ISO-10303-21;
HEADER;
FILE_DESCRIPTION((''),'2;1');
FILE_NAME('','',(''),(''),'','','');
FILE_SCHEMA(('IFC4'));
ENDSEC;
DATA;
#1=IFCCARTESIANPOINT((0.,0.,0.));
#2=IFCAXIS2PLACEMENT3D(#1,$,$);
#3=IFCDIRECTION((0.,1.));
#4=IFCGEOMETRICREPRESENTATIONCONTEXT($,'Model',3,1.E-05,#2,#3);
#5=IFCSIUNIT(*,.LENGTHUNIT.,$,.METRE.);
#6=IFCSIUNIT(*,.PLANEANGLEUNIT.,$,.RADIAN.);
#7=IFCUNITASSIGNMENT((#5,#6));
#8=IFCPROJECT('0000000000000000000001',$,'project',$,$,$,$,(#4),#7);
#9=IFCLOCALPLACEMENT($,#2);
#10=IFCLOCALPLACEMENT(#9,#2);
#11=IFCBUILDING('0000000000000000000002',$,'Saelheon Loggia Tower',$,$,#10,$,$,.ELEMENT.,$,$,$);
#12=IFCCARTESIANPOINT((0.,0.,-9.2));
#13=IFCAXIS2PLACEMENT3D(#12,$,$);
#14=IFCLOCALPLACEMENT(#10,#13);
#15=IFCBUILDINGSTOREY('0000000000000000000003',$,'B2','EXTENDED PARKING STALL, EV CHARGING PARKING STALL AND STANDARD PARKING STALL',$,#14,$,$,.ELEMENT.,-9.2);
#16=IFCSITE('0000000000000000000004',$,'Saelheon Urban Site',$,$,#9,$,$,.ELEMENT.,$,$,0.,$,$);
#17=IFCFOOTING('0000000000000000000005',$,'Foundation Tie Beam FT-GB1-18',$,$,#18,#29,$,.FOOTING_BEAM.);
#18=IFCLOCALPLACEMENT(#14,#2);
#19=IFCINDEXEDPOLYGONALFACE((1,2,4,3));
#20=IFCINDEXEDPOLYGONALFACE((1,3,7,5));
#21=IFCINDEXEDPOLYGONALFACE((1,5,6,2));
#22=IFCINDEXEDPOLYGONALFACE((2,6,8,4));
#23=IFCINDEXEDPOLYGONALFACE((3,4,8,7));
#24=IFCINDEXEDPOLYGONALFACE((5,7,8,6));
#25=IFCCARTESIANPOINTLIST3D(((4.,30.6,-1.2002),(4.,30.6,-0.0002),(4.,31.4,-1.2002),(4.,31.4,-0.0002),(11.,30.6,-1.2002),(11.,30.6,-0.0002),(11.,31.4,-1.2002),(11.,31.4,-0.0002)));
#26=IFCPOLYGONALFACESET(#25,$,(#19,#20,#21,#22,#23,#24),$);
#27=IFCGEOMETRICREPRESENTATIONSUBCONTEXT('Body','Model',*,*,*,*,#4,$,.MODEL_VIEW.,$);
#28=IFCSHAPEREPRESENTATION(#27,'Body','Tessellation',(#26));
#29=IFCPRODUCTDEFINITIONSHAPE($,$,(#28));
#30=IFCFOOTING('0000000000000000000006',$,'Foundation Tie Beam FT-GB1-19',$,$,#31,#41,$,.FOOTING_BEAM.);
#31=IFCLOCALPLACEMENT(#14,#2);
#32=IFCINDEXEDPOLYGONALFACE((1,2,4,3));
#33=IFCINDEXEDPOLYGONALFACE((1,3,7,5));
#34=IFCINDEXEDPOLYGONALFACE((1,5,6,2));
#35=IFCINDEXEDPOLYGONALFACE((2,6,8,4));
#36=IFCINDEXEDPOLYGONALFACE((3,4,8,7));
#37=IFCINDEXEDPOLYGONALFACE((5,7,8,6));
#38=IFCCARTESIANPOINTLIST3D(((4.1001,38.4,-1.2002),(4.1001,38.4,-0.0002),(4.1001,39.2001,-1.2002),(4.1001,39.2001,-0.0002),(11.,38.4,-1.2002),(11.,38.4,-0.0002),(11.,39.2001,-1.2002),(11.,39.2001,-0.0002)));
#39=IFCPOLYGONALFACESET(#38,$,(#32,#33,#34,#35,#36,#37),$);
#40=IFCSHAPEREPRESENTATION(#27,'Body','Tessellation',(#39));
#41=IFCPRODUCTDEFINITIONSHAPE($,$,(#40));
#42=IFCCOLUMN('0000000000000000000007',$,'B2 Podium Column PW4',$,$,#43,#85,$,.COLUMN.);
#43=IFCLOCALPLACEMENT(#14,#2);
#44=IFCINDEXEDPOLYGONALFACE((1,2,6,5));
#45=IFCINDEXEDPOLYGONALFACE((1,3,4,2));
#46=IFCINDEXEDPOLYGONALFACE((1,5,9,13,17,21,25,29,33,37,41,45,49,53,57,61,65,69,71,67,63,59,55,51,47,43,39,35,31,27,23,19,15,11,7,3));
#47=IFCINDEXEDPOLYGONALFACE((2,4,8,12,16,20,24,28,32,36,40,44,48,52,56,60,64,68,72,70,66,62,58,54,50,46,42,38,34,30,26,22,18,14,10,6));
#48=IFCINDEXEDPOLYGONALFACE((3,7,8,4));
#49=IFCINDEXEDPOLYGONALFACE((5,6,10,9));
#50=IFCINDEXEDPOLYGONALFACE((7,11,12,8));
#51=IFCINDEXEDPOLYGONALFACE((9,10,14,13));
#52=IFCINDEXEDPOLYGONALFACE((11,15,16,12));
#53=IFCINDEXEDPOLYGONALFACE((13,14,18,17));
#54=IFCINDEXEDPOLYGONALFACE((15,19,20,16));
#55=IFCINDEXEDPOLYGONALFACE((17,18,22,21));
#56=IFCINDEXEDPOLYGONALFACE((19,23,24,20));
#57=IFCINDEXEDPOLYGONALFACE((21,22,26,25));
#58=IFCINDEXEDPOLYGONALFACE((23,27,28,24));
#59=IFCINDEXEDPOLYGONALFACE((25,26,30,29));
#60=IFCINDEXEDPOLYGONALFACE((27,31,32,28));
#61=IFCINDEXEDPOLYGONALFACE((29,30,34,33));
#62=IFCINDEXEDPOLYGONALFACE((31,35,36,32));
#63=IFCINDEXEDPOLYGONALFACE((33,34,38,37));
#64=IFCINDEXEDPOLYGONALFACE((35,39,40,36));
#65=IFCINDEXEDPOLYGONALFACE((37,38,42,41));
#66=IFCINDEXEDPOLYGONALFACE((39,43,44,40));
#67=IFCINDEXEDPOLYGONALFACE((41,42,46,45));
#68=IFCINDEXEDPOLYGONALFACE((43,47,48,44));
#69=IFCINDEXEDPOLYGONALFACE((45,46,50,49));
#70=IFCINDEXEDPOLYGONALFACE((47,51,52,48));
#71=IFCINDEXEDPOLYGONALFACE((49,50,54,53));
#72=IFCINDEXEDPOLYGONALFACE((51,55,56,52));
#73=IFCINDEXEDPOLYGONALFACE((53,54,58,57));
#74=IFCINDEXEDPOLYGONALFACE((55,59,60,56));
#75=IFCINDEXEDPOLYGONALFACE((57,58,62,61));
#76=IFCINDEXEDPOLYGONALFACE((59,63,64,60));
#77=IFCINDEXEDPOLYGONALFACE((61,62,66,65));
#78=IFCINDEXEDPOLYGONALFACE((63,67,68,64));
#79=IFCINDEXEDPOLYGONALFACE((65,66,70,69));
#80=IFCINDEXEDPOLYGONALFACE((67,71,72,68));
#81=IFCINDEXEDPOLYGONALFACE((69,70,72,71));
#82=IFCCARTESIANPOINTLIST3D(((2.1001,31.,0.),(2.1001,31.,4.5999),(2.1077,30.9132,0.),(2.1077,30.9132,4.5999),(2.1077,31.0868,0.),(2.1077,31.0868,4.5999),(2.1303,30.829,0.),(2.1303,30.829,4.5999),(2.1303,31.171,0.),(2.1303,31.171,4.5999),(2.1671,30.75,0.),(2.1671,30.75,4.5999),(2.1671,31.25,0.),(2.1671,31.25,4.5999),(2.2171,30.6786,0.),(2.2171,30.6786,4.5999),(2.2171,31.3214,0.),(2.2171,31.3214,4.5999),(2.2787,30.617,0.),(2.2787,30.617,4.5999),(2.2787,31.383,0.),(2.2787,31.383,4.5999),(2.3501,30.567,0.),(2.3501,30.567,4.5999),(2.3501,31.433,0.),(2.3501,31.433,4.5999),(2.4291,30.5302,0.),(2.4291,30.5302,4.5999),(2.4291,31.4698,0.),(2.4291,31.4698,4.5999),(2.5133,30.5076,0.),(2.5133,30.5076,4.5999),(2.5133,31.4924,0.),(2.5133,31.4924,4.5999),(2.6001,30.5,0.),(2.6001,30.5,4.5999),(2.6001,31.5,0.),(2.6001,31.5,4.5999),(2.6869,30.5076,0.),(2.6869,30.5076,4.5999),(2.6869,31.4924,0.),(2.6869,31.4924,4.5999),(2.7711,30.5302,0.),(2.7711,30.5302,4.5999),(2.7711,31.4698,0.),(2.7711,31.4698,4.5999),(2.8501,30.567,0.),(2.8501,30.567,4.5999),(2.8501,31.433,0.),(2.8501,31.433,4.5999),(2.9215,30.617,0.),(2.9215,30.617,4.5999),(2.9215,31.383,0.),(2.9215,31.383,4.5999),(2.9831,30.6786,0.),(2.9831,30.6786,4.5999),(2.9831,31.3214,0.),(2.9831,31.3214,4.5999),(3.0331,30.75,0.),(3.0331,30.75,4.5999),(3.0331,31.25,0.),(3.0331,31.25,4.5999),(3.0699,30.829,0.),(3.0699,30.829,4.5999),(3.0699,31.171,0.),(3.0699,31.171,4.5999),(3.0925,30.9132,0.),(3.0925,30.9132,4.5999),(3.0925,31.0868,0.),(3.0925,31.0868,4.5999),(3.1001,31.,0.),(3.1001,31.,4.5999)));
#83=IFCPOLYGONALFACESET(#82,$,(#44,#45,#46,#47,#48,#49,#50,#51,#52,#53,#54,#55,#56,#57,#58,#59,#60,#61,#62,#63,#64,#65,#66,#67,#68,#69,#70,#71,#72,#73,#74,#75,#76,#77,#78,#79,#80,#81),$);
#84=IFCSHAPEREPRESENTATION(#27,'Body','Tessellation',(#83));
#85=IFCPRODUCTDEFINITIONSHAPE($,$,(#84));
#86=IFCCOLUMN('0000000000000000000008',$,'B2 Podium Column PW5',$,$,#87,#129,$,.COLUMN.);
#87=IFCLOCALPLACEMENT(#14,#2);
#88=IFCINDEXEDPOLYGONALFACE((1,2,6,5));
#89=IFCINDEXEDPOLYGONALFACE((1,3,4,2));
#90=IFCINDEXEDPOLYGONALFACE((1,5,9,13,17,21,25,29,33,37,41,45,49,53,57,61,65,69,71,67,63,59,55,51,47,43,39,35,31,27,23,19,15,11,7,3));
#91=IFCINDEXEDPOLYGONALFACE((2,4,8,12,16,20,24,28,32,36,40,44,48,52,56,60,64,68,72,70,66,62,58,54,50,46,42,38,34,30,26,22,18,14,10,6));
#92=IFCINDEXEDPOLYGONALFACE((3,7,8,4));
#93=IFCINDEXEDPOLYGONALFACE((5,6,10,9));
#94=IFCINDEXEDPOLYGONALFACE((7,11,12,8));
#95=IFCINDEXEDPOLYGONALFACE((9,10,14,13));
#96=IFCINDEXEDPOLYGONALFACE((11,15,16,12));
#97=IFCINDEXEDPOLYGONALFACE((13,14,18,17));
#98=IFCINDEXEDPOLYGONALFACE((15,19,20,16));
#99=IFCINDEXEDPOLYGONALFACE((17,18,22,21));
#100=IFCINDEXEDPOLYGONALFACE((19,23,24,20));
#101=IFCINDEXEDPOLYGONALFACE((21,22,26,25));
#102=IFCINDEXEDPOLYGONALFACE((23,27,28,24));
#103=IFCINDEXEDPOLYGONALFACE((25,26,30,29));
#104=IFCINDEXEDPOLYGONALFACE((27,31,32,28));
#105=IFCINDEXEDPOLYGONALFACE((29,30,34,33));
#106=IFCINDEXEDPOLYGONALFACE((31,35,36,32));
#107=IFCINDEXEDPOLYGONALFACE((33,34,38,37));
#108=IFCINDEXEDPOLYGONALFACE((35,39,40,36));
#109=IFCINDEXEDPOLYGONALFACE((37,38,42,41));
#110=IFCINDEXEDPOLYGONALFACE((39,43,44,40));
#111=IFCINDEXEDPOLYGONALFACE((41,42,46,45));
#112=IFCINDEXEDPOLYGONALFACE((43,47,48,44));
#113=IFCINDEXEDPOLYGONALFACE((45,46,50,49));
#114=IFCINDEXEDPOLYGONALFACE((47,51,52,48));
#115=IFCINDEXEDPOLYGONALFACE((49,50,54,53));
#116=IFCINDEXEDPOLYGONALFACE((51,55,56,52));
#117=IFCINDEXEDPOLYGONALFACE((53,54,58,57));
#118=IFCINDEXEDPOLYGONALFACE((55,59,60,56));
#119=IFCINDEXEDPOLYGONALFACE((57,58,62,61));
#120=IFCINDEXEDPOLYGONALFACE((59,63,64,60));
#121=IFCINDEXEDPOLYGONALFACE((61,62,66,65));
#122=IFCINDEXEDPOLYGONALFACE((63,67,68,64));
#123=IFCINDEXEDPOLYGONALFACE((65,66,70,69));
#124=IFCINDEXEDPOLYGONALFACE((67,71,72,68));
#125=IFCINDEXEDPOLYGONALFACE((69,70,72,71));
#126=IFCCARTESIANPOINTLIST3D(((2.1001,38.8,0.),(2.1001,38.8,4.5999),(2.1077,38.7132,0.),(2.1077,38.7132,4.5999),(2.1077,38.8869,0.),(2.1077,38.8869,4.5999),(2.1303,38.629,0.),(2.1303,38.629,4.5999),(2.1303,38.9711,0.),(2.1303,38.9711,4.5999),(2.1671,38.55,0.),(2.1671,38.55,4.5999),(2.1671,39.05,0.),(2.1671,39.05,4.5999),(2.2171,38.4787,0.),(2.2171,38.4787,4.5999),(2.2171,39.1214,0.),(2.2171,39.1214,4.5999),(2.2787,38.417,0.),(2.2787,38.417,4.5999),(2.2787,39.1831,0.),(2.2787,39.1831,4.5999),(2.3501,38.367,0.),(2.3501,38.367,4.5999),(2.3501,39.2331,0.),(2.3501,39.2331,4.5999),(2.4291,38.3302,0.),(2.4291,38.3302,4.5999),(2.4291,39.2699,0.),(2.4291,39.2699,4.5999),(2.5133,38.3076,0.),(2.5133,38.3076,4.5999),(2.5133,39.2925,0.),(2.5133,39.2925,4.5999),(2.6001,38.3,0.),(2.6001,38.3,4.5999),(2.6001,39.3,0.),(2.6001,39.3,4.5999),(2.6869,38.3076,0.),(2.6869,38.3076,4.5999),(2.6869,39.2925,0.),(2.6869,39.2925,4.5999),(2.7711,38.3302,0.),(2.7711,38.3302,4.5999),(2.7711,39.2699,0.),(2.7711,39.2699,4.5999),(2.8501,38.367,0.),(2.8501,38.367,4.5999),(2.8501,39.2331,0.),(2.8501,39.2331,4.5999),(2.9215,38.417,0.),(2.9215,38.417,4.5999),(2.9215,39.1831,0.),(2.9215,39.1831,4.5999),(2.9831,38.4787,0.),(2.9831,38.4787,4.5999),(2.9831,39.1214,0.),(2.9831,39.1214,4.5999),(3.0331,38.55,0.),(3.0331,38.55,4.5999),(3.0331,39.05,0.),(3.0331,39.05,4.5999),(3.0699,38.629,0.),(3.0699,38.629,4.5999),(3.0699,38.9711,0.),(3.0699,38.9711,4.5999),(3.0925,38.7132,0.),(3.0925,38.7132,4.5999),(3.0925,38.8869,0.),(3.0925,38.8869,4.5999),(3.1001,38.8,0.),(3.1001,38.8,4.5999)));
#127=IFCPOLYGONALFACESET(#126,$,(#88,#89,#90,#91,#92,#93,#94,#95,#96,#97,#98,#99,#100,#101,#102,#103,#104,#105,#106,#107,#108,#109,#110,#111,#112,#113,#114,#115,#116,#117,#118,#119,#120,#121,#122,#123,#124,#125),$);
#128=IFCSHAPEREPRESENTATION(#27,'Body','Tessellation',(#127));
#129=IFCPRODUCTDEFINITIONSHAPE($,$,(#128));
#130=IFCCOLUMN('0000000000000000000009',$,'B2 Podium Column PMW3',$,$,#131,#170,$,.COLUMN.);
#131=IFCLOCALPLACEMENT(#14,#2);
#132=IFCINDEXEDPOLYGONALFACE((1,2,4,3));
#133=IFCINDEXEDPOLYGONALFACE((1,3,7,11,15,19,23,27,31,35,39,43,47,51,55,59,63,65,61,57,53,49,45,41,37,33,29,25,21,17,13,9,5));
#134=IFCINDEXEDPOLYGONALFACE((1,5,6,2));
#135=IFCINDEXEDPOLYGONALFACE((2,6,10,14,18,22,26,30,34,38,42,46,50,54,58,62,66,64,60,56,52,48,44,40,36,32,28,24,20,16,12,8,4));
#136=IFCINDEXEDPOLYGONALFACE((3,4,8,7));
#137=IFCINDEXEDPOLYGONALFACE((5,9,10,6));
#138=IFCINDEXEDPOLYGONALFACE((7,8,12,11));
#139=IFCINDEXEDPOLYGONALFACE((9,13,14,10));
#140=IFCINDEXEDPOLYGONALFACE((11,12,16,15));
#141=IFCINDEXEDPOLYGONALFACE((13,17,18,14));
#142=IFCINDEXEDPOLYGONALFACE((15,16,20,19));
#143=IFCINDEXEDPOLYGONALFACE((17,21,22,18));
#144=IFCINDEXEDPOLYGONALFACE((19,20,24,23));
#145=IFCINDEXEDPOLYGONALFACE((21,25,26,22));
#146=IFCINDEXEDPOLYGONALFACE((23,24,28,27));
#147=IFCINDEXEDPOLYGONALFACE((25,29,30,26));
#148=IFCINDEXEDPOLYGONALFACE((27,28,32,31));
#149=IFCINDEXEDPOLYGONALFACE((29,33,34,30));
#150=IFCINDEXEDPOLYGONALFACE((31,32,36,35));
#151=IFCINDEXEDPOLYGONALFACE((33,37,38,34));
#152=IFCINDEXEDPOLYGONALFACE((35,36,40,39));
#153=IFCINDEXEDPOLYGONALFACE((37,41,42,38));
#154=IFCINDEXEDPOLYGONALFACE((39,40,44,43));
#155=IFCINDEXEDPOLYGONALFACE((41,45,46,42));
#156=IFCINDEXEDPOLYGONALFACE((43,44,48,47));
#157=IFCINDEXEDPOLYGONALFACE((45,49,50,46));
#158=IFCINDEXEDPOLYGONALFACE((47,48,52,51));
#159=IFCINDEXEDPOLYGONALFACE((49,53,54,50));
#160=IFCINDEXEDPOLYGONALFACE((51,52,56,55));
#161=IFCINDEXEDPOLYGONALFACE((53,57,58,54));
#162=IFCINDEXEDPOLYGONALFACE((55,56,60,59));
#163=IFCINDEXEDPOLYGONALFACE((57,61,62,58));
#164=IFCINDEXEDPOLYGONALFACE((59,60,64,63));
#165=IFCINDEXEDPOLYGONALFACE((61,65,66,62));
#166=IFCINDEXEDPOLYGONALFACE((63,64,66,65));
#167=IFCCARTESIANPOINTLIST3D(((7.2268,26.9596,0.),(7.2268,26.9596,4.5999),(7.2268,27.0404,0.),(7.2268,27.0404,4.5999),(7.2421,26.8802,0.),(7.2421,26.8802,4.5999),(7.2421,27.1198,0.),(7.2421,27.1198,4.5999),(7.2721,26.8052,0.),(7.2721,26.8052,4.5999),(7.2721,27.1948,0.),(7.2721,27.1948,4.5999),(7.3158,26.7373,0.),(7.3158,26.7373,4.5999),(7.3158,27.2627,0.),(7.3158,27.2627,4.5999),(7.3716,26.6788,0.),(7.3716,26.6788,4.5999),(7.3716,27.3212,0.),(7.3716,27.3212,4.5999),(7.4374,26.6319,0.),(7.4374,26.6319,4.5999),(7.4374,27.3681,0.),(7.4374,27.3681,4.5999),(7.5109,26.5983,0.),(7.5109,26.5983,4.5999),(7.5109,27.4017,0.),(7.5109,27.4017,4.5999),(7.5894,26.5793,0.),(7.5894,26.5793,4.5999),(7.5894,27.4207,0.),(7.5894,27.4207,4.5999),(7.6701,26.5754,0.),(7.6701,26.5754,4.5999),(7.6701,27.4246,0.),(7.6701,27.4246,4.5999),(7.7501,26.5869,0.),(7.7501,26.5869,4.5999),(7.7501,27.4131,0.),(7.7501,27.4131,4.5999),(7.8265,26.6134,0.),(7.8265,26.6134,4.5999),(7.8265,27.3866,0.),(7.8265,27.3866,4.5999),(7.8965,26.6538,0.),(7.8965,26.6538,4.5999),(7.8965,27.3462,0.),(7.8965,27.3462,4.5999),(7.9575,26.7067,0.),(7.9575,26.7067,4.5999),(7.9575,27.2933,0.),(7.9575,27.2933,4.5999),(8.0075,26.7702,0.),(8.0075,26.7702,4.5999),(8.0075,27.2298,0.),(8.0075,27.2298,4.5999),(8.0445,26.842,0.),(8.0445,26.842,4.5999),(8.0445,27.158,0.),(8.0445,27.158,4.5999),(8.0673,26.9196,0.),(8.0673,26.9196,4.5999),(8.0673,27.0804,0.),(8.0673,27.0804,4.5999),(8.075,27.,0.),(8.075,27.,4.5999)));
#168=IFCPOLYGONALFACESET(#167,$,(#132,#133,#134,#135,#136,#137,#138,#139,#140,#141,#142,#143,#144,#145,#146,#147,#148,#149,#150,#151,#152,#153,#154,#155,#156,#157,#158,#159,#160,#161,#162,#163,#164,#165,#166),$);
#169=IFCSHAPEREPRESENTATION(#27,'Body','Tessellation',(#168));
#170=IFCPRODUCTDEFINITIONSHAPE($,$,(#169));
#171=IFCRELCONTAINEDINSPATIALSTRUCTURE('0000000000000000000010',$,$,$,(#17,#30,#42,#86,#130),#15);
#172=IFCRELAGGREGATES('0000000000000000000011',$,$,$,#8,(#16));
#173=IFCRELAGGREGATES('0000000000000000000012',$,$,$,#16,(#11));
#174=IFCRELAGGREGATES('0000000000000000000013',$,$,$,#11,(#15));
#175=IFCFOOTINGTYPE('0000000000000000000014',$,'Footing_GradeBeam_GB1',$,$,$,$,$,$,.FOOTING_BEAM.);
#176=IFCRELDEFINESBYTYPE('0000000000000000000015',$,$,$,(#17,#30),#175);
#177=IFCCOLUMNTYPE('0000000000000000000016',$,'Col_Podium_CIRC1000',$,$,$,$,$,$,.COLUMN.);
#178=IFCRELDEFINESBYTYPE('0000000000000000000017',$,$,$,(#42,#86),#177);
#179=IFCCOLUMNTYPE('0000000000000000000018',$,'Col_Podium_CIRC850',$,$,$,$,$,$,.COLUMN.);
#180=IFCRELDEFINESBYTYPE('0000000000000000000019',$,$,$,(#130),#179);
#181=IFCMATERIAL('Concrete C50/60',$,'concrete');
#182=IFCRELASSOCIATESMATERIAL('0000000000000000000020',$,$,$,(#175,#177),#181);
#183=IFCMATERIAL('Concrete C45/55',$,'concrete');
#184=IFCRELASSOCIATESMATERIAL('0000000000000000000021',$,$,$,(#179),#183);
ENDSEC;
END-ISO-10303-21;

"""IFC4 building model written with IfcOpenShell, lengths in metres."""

from ifc_helpers import new_model, si_unit, direction, frame, origin, origin_2d, place, context, subcontext, project, spatial, rectangle, circle, extrude, source, transform, mapped, material, material_profile, profile_set, type_object, element, save


model = new_model("IFC4")

# Units and contexts
model_context = context("Model", 3, precision=1e-05, world=origin(), true_north=direction((0.0, 1.0)))
body_context = subcontext(model_context, "Body", "Model", "MODEL_VIEW")
ifc_project = project(units=[si_unit("LENGTHUNIT", "METRE"), si_unit("PLANEANGLEUNIT", "RADIAN")], contexts=[model_context])

# Site, building, storey
site_placement = place(None, origin())
site = spatial("IfcSite", under=ifc_project, at=site_placement, Name="Saelheon Urban Site", CompositionType="ELEMENT", RefElevation=0.0)
building_placement = place(site_placement, origin())
building = spatial("IfcBuilding", under=site, at=building_placement, Name="Saelheon Loggia Tower", CompositionType="ELEMENT")
storey_placement = place(building_placement, frame((0.0, 0.0, -9.2)))
storey = spatial("IfcBuildingStorey", under=building, at=storey_placement, Name="B2", Description="EXTENDED PARKING STALL, EV CHARGING PARKING STALL AND STANDARD PARKING STALL", CompositionType="ELEMENT", Elevation=-9.2)

# Shared definitions
ifc_material_1 = material(Name="Concrete C50/60", Category="concrete")

# Footings
footing_type_1 = type_object("IfcFootingType", Name="Footing_GradeBeam_GB1", PredefinedType="FOOTING_BEAM", material=ifc_material_1)
shared_shape_1 = source(origin(), body_context, "Body", "SweptSolid", [
    extrude(rectangle(XDim=7.0, YDim=0.8, at=origin_2d()), origin(), (0.0, 0.0, 1.0), 1.2),
])
footing_1_placement = place(storey_placement, frame((7.5, 31.0, -1.2002), z_axis=(0.0, 0.0, 1.0), x_axis=(1.0, 0.0, 0.0)))
element("IfcFooting", 1, at=footing_1_placement, inside=storey, type_object=footing_type_1, Name="Foundation Tie Beam FT-GB1-18", PredefinedType="FOOTING_BEAM", context=body_context, shape_type="MappedRepresentation", body=[
    mapped(shared_shape_1, transform((0.0, 0.0, 0.0), scale=1.0)),
])
shared_shape_2 = source(origin(), body_context, "Body", "SweptSolid", [
    extrude(rectangle(XDim=6.8999, YDim=0.8, at=origin_2d()), origin(), (0.0, 0.0, 1.0), 1.2),
])
footing_2_placement = place(storey_placement, frame((7.55, 38.8, -1.2002), z_axis=(0.0, 0.0, 1.0), x_axis=(1.0, 0.0, 0.0)))
element("IfcFooting", 2, at=footing_2_placement, inside=storey, type_object=footing_type_1, Name="Foundation Tie Beam FT-GB1-19", PredefinedType="FOOTING_BEAM", context=body_context, shape_type="MappedRepresentation", body=[
    mapped(shared_shape_2, transform((0.0, 0.0, 0.0), scale=1.0)),
])

# Columns
ifc_material_profile_1 = material_profile(ifc_material_1, circle(Radius=0.5, at=origin_2d()), Name="CIRC-1000")
ifc_profile_set_1 = profile_set([ifc_material_profile_1], Name="Concrete C50/60")
column_type_1 = type_object("IfcColumnType", Name="Col_Podium_CIRC1000", PredefinedType="COLUMN", material=ifc_profile_set_1)
shared_shape_3 = source(origin(), body_context, "Body", "SweptSolid", [
    extrude(circle(Radius=0.5, at=origin_2d()), origin(), (0.0, 0.0, 1.0), 4.5999),
])
for number, where, z_axis, x_axis, name in (
    (3, (2.6001, 31.0, 0.0), (0.0, 0.0, 1.0), (1.0, 0.0, 0.0), "B2 Podium Column PW4"),
    (4, (2.6001, 38.8, 0.0), (0.0, 0.0, 1.0), (1.0, 0.0, 0.0), "B2 Podium Column PW5"),
):
    element("IfcColumn", number, at=place(storey_placement, frame(where, z_axis=z_axis, x_axis=x_axis)), inside=storey, type_object=column_type_1, Name=name, PredefinedType="COLUMN", context=body_context, shape_type="MappedRepresentation", body=[
        mapped(shared_shape_3, transform((0.0, 0.0, 0.0), scale=1.0)),
    ])
ifc_material_2 = material(Name="Concrete C45/55", Category="concrete")
ifc_material_profile_2 = material_profile(ifc_material_2, circle(Radius=0.425, at=origin_2d()), Name="CIRC-850")
ifc_profile_set_2 = profile_set([ifc_material_profile_2], Name="Concrete C45/55")
column_type_2 = type_object("IfcColumnType", Name="Col_Podium_CIRC850", PredefinedType="COLUMN", material=ifc_profile_set_2)
shared_shape_4 = source(origin(), body_context, "Body", "SweptSolid", [
    extrude(circle(Radius=0.425, at=origin_2d()), origin(), (0.0, 0.0, 1.0), 4.5999),
])
for number, where, z_axis, x_axis, name in (
    (5, (7.6499, 27.0, 0.0), (0.0, 0.0, 1.0), (1.0, 0.0, 0.0), "B2 Podium Column PMW3"),
):
    element("IfcColumn", number, at=place(storey_placement, frame(where, z_axis=z_axis, x_axis=x_axis)), inside=storey, type_object=column_type_2, Name=name, PredefinedType="COLUMN", context=body_context, shape_type="MappedRepresentation", body=[
        mapped(shared_shape_4, transform((0.0, 0.0, 0.0), scale=1.0)),
    ])

save(model, "model.ifc")
